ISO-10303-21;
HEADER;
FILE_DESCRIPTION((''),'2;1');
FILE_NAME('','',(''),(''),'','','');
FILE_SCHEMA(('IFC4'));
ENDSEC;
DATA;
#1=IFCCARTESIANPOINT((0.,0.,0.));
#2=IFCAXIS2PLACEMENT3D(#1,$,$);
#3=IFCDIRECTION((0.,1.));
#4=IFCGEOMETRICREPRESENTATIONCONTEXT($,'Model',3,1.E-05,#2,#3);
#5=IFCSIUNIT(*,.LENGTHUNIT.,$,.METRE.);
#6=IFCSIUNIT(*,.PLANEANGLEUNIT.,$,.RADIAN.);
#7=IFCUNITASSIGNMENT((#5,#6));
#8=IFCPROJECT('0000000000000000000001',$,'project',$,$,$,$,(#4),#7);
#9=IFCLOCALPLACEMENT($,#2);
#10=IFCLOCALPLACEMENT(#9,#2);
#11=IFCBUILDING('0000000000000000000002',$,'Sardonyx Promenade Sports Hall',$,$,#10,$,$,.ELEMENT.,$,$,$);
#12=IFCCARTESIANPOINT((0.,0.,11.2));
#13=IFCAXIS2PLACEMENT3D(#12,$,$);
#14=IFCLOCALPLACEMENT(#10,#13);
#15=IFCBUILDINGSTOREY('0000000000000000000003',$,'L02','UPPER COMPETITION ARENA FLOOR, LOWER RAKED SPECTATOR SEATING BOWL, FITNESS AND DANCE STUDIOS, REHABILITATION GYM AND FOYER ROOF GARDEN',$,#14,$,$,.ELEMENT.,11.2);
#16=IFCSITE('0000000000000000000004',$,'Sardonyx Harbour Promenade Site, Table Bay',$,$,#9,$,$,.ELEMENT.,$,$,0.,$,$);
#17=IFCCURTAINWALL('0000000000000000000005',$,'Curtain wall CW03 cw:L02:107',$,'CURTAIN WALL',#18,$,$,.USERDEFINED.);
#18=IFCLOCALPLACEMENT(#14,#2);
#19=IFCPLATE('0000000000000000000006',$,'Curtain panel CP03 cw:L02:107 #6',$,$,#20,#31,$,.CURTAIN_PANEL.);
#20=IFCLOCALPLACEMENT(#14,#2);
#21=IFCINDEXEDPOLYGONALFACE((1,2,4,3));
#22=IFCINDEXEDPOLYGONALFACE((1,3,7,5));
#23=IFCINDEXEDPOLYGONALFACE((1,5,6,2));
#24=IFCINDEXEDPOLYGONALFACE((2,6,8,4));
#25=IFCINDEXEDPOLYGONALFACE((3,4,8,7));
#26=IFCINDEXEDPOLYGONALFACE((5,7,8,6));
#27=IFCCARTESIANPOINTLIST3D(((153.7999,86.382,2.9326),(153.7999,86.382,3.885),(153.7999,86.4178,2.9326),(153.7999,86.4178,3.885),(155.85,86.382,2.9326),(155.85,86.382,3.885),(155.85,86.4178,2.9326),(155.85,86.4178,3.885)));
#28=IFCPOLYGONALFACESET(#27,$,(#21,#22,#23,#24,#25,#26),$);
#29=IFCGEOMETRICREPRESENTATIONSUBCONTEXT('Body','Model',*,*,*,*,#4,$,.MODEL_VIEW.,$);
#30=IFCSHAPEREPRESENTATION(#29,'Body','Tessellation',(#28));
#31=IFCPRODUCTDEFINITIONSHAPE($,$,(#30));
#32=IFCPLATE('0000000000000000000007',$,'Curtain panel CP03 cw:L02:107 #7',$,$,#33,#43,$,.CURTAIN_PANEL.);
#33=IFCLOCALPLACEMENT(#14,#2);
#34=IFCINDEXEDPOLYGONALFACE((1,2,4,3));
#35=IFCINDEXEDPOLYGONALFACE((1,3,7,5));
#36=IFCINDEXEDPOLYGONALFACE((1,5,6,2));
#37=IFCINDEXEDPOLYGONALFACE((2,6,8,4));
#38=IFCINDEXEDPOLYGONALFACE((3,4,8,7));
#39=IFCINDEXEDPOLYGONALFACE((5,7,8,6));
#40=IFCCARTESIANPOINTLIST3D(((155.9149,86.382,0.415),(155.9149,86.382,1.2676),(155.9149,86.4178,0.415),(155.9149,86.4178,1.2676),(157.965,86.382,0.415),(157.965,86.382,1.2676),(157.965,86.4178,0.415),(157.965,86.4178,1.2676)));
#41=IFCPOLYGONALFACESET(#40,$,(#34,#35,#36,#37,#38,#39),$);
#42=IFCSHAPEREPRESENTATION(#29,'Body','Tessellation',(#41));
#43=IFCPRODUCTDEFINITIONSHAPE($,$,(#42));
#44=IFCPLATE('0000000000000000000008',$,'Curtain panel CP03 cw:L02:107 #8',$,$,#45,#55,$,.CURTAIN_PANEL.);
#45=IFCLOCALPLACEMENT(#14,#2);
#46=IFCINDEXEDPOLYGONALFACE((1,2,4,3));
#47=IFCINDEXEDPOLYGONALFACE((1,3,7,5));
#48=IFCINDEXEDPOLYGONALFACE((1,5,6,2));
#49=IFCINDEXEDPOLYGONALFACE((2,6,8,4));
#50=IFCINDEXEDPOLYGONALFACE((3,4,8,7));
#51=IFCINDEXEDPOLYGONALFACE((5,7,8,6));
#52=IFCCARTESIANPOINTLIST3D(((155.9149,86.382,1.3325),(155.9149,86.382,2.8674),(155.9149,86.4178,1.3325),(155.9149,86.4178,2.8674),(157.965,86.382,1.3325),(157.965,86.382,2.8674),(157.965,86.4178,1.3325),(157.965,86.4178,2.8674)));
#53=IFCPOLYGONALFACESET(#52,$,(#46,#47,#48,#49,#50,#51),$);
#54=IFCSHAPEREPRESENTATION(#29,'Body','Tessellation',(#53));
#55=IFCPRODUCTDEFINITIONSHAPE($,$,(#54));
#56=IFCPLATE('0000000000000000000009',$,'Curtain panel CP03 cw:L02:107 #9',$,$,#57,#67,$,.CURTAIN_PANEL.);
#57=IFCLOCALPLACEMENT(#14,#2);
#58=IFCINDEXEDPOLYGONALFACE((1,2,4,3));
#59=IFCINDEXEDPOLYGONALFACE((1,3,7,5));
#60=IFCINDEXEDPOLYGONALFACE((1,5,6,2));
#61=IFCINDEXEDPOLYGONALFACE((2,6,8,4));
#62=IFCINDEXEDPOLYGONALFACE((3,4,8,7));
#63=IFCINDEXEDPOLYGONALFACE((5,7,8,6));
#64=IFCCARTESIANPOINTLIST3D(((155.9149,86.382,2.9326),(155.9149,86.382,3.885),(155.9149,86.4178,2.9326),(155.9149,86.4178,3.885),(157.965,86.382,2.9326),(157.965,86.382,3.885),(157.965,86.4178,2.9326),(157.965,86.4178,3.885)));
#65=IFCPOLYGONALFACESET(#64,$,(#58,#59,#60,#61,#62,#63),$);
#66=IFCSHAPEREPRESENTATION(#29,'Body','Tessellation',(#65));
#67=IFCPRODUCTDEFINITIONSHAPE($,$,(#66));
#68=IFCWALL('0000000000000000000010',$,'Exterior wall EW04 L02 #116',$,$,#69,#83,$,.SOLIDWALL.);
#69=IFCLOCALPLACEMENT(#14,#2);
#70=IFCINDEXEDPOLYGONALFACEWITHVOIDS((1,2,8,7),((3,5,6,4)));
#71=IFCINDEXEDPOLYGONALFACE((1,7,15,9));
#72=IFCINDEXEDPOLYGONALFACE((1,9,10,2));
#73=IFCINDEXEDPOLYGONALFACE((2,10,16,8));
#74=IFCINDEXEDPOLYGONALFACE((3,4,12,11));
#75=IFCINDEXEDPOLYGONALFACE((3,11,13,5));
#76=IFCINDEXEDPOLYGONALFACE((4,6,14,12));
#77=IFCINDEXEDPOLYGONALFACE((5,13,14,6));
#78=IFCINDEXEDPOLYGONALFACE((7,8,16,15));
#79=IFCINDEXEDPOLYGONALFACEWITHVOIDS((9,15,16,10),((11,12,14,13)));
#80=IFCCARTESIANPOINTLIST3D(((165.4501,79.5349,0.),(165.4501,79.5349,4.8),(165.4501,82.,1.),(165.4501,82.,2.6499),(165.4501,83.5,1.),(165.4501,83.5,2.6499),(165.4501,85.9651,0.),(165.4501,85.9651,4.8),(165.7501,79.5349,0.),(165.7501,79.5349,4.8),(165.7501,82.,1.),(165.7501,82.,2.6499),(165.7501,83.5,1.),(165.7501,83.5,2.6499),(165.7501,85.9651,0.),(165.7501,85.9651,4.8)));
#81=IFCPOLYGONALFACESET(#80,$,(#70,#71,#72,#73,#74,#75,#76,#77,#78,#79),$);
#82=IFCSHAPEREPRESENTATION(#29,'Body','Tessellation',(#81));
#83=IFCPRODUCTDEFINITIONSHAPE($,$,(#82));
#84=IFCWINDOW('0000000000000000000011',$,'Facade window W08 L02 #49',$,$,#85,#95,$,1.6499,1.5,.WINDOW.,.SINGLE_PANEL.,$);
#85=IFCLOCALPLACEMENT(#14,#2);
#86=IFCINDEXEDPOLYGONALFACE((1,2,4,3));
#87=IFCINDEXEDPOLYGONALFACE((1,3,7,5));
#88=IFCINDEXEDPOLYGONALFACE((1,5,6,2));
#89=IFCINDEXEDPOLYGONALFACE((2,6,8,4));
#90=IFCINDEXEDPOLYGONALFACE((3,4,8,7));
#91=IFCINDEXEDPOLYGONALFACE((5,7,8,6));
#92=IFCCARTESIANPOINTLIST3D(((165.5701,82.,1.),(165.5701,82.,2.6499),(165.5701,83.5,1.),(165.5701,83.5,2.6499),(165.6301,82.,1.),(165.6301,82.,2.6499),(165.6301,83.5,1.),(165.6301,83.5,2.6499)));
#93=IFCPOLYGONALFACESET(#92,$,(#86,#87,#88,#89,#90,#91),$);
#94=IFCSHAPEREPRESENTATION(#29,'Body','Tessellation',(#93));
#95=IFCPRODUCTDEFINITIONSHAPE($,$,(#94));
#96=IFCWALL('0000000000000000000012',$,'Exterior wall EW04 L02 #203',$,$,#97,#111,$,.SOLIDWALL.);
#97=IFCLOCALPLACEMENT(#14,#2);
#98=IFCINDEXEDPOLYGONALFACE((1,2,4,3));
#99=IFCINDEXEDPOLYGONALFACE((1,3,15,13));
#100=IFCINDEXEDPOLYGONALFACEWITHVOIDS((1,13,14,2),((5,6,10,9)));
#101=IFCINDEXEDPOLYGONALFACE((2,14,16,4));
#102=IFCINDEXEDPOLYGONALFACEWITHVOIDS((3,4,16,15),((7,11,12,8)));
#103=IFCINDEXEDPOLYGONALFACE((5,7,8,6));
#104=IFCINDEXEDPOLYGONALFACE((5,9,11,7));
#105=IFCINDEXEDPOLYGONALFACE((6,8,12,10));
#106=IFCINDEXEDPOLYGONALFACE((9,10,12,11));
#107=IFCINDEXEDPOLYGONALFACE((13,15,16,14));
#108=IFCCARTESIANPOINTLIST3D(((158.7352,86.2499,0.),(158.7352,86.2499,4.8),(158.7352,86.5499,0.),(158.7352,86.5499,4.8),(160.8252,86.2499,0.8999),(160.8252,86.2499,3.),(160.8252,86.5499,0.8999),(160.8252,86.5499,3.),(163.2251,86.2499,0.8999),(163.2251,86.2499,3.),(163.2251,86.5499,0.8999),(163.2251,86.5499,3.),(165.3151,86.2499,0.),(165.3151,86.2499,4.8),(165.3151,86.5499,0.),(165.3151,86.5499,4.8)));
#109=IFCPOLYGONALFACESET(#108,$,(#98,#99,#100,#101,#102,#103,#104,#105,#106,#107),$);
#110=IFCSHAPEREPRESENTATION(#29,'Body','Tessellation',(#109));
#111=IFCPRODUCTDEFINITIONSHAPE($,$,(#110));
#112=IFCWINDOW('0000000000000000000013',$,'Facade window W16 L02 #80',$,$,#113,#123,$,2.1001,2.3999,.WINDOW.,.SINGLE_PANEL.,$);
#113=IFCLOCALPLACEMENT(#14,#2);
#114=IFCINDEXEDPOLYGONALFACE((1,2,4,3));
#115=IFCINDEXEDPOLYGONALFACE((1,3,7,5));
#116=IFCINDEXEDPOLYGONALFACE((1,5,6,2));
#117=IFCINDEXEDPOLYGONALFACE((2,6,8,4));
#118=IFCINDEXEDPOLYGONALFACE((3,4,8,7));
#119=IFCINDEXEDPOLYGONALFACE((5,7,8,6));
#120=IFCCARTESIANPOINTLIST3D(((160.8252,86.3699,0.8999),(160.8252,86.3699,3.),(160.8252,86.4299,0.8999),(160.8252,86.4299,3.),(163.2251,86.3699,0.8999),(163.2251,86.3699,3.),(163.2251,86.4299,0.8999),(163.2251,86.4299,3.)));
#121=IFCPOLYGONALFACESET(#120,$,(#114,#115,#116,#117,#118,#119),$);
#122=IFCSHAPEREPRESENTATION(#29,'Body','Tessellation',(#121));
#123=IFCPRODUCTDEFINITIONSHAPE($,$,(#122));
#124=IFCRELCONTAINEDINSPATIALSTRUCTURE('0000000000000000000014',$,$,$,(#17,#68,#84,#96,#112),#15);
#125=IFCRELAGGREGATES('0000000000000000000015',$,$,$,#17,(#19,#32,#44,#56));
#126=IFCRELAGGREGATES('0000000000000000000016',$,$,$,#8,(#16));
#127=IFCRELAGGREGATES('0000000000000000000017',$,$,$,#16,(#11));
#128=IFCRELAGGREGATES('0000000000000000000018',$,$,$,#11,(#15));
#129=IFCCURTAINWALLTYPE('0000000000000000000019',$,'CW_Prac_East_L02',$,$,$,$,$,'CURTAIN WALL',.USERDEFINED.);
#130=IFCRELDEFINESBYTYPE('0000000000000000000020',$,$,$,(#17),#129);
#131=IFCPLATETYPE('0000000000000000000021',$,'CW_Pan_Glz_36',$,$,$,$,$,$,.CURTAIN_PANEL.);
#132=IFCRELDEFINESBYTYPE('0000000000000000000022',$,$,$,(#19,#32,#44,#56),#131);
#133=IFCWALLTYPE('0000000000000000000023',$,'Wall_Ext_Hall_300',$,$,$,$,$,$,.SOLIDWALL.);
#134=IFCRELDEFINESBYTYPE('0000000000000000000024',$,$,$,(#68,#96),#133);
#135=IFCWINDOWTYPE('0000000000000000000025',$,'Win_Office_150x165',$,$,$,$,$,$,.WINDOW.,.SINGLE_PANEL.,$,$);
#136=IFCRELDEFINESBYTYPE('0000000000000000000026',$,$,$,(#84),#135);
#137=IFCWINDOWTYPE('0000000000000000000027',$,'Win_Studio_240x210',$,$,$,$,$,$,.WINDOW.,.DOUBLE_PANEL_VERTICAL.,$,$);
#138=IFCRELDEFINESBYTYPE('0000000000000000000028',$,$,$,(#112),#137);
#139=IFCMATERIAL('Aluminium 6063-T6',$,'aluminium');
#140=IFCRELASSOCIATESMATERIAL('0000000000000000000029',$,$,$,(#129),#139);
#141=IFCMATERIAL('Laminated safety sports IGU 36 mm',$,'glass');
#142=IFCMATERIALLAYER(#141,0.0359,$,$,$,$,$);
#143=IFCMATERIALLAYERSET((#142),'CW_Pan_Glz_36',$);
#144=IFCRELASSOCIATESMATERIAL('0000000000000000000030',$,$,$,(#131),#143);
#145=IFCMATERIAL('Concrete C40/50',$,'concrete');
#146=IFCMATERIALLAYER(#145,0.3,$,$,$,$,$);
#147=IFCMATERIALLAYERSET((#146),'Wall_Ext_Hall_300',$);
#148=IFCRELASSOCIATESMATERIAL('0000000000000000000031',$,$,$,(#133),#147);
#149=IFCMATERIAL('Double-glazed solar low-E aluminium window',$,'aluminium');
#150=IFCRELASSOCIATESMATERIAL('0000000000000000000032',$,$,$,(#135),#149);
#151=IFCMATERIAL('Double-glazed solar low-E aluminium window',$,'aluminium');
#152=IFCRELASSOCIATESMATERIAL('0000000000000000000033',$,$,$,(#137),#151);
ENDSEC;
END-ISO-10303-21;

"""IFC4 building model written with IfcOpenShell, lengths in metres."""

from ifc_helpers import new_model, si_unit, direction, frame, frame_2d, origin, origin_2d, place, context, subcontext, project, spatial, rectangle, extrude, material, layer, layer_set, type_object, element, fill, aggregate, save


model = new_model("IFC4")

# Units and contexts
model_context = context("Model", 3, precision=1e-05, world=origin(), true_north=direction((0.0, 1.0)))
body_context = subcontext(model_context, "Body", "Model", "MODEL_VIEW")
ifc_project = project(units=[si_unit("LENGTHUNIT", "METRE"), si_unit("PLANEANGLEUNIT", "RADIAN")], contexts=[model_context])

# Site, building, storey
site_placement = place(None, origin())
site = spatial("IfcSite", under=ifc_project, at=site_placement, Name="Sardonyx Harbour Promenade Site, Table Bay", CompositionType="ELEMENT", RefElevation=0.0)
building_placement = place(site_placement, origin())
building = spatial("IfcBuilding", under=site, at=building_placement, Name="Sardonyx Promenade Sports Hall", CompositionType="ELEMENT")
storey_placement = place(building_placement, frame((0.0, 0.0, 11.2)))
storey = spatial("IfcBuildingStorey", under=building, at=storey_placement, Name="L02", Description="UPPER COMPETITION ARENA FLOOR, LOWER RAKED SPECTATOR SEATING BOWL, FITNESS AND DANCE STUDIOS, REHABILITATION GYM AND FOYER ROOF GARDEN", CompositionType="ELEMENT", Elevation=11.2)

# Curtain wall, plates
ifc_material_1 = material(Name="Aluminium 6063-T6", Category="aluminium")
curtain_wall_type = type_object("IfcCurtainWallType", Name="CW_Prac_East_L02", ElementType="CURTAIN WALL", PredefinedType="USERDEFINED", material=ifc_material_1)
curtain_wall_placement = place(storey_placement, origin())
curtain_wall = element("IfcCurtainWall", 1, at=curtain_wall_placement, inside=storey, type_object=curtain_wall_type, Name="Curtain wall CW03 cw:L02:107", ObjectType="CURTAIN WALL", PredefinedType="USERDEFINED")
ifc_material_2 = material(Name="Laminated safety sports IGU 36 mm", Category="glass")
ifc_layer_1 = layer(ifc_material_2, 0.0359)
ifc_layer_set_1 = layer_set([ifc_layer_1], Name="CW_Pan_Glz_36")
plate_type = type_object("IfcPlateType", Name="CW_Pan_Glz_36", PredefinedType="CURTAIN_PANEL", material=ifc_layer_set_1)
plate_1_placement = place(storey_placement, frame((154.825, 86.3999, 2.9326), z_axis=(0.0, 0.0, 1.0), x_axis=(1.0, 0.0, 0.0)))
plate_1 = element("IfcPlate", 2, at=plate_1_placement, type_object=plate_type, Name="Curtain panel CP03 cw:L02:107 #6", PredefinedType="CURTAIN_PANEL", context=body_context, shape_type="SweptSolid", body=[
    extrude(rectangle(XDim=2.05, YDim=0.0359, at=origin_2d()), origin(), (0.0, 0.0, 1.0), 0.9524),
])
plate_2_placement = place(storey_placement, frame((156.9399, 86.3999, 0.415), z_axis=(0.0, 0.0, 1.0), x_axis=(1.0, 0.0, 0.0)))
plate_2 = element("IfcPlate", 3, at=plate_2_placement, type_object=plate_type, Name="Curtain panel CP03 cw:L02:107 #7", PredefinedType="CURTAIN_PANEL", context=body_context, shape_type="SweptSolid", body=[
    extrude(rectangle(XDim=2.05, YDim=0.0359, at=origin_2d()), origin(), (0.0, 0.0, 1.0), 0.8525),
])
plate_3_placement = place(storey_placement, frame((156.9399, 86.3999, 1.3325), z_axis=(0.0, 0.0, 1.0), x_axis=(1.0, 0.0, 0.0)))
plate_3 = element("IfcPlate", 4, at=plate_3_placement, type_object=plate_type, Name="Curtain panel CP03 cw:L02:107 #8", PredefinedType="CURTAIN_PANEL", context=body_context, shape_type="SweptSolid", body=[
    extrude(rectangle(XDim=2.05, YDim=0.0359, at=origin_2d()), origin(), (0.0, 0.0, 1.0), 1.5349),
])
plate_4_placement = place(storey_placement, frame((156.9399, 86.3999, 2.9326), z_axis=(0.0, 0.0, 1.0), x_axis=(1.0, 0.0, 0.0)))
plate_4 = element("IfcPlate", 5, at=plate_4_placement, type_object=plate_type, Name="Curtain panel CP03 cw:L02:107 #9", PredefinedType="CURTAIN_PANEL", context=body_context, shape_type="SweptSolid", body=[
    extrude(rectangle(XDim=2.05, YDim=0.0359, at=origin_2d()), origin(), (0.0, 0.0, 1.0), 0.9524),
])
aggregate(curtain_wall, [plate_1, plate_2, plate_3, plate_4])

# Walls, openings, windows
ifc_material_3 = material(Name="Concrete C40/50", Category="concrete")
ifc_layer_2 = layer(ifc_material_3, 0.3)
ifc_layer_set_2 = layer_set([ifc_layer_2], Name="Wall_Ext_Hall_300")
wall_type = type_object("IfcWallType", Name="Wall_Ext_Hall_300", PredefinedType="SOLIDWALL", material=ifc_layer_set_2)
wall_1_placement = place(storey_placement, frame((165.6001, 85.9651, 0.0), z_axis=(0.0, 0.0, 1.0), x_axis=(0.0, -1.0, 0.0)))
wall_1 = element("IfcWall", 6, at=wall_1_placement, inside=storey, type_object=wall_type, Name="Exterior wall EW04 L02 #116", PredefinedType="SOLIDWALL", context=body_context, shape_type="SweptSolid", body=[
    extrude(rectangle(XDim=6.4302, YDim=0.3, at=frame_2d((3.2151, 0.0))), origin(), (0.0, 0.0, 1.0), 4.8),
])
opening_1_placement = place(wall_1_placement, frame((2.4651, 0.0, 1.0)))
opening_1 = element("IfcOpeningElement", 7, at=opening_1_placement, cuts=wall_1, PredefinedType="OPENING", context=body_context, shape_type="SweptSolid", body=[
    extrude(rectangle(XDim=1.5, YDim=1.6499, at=frame_2d((0.75, 0.825))), frame((0.0, 0.16, 0.0), z_axis=(0.0, -1.0, 0.0), x_axis=(1.0, 0.0, 0.0)), (0.0, 0.0, 1.0), 0.32),
])
ifc_material_4 = material(Name="Double-glazed solar low-E aluminium window", Category="aluminium")
window_type_1 = type_object("IfcWindowType", Name="Win_Office_150x165", PartitioningType="SINGLE_PANEL", PredefinedType="WINDOW", material=ifc_material_4)
window_1_placement = place(opening_1_placement, origin())
window_1 = element("IfcWindow", 8, at=window_1_placement, inside=storey, type_object=window_type_1, Name="Facade window W08 L02 #49", OverallHeight=1.6499, OverallWidth=1.5, PartitioningType="SINGLE_PANEL", PredefinedType="WINDOW", context=body_context, shape_type="SweptSolid", body=[
    extrude(rectangle(XDim=1.5, YDim=1.6499, at=frame_2d((0.75, 0.825))), frame((0.0, 0.03, 0.0), z_axis=(0.0, -1.0, 0.0), x_axis=(1.0, 0.0, 0.0)), (0.0, 0.0, 1.0), 0.0601),
])
fill(opening_1, window_1)
wall_2_placement = place(storey_placement, frame((158.7351, 86.3999, 0.0), z_axis=(0.0, 0.0, 1.0), x_axis=(1.0, 0.0, 0.0)))
wall_2 = element("IfcWall", 9, at=wall_2_placement, inside=storey, type_object=wall_type, Name="Exterior wall EW04 L02 #203", PredefinedType="SOLIDWALL", context=body_context, shape_type="SweptSolid", body=[
    extrude(rectangle(XDim=6.5798, YDim=0.3, at=frame_2d((3.29, 0.0))), origin(), (0.0, 0.0, 1.0), 4.8),
])
opening_2_placement = place(wall_2_placement, frame((2.0901, 0.0, 0.8999)))
opening_2 = element("IfcOpeningElement", 10, at=opening_2_placement, cuts=wall_2, PredefinedType="OPENING", context=body_context, shape_type="SweptSolid", body=[
    extrude(rectangle(XDim=2.3999, YDim=2.1001, at=frame_2d((1.2, 1.05))), frame((0.0, 0.16, 0.0), z_axis=(0.0, -1.0, 0.0), x_axis=(1.0, 0.0, 0.0)), (0.0, 0.0, 1.0), 0.32),
])
ifc_material_5 = material(Name="Double-glazed solar low-E aluminium window", Category="aluminium")
window_type_2 = type_object("IfcWindowType", Name="Win_Studio_240x210", PartitioningType="DOUBLE_PANEL_VERTICAL", PredefinedType="WINDOW", material=ifc_material_5)
window_2_placement = place(opening_2_placement, origin())
window_2 = element("IfcWindow", 11, at=window_2_placement, inside=storey, type_object=window_type_2, Name="Facade window W16 L02 #80", OverallHeight=2.1001, OverallWidth=2.3999, PartitioningType="SINGLE_PANEL", PredefinedType="WINDOW", context=body_context, shape_type="SweptSolid", body=[
    extrude(rectangle(XDim=2.3999, YDim=2.1001, at=frame_2d((1.2, 1.05))), frame((0.0, 0.03, 0.0), z_axis=(0.0, -1.0, 0.0), x_axis=(1.0, 0.0, 0.0)), (0.0, 0.0, 1.0), 0.0601),
])
fill(opening_2, window_2)

save(model, "model.ifc")
